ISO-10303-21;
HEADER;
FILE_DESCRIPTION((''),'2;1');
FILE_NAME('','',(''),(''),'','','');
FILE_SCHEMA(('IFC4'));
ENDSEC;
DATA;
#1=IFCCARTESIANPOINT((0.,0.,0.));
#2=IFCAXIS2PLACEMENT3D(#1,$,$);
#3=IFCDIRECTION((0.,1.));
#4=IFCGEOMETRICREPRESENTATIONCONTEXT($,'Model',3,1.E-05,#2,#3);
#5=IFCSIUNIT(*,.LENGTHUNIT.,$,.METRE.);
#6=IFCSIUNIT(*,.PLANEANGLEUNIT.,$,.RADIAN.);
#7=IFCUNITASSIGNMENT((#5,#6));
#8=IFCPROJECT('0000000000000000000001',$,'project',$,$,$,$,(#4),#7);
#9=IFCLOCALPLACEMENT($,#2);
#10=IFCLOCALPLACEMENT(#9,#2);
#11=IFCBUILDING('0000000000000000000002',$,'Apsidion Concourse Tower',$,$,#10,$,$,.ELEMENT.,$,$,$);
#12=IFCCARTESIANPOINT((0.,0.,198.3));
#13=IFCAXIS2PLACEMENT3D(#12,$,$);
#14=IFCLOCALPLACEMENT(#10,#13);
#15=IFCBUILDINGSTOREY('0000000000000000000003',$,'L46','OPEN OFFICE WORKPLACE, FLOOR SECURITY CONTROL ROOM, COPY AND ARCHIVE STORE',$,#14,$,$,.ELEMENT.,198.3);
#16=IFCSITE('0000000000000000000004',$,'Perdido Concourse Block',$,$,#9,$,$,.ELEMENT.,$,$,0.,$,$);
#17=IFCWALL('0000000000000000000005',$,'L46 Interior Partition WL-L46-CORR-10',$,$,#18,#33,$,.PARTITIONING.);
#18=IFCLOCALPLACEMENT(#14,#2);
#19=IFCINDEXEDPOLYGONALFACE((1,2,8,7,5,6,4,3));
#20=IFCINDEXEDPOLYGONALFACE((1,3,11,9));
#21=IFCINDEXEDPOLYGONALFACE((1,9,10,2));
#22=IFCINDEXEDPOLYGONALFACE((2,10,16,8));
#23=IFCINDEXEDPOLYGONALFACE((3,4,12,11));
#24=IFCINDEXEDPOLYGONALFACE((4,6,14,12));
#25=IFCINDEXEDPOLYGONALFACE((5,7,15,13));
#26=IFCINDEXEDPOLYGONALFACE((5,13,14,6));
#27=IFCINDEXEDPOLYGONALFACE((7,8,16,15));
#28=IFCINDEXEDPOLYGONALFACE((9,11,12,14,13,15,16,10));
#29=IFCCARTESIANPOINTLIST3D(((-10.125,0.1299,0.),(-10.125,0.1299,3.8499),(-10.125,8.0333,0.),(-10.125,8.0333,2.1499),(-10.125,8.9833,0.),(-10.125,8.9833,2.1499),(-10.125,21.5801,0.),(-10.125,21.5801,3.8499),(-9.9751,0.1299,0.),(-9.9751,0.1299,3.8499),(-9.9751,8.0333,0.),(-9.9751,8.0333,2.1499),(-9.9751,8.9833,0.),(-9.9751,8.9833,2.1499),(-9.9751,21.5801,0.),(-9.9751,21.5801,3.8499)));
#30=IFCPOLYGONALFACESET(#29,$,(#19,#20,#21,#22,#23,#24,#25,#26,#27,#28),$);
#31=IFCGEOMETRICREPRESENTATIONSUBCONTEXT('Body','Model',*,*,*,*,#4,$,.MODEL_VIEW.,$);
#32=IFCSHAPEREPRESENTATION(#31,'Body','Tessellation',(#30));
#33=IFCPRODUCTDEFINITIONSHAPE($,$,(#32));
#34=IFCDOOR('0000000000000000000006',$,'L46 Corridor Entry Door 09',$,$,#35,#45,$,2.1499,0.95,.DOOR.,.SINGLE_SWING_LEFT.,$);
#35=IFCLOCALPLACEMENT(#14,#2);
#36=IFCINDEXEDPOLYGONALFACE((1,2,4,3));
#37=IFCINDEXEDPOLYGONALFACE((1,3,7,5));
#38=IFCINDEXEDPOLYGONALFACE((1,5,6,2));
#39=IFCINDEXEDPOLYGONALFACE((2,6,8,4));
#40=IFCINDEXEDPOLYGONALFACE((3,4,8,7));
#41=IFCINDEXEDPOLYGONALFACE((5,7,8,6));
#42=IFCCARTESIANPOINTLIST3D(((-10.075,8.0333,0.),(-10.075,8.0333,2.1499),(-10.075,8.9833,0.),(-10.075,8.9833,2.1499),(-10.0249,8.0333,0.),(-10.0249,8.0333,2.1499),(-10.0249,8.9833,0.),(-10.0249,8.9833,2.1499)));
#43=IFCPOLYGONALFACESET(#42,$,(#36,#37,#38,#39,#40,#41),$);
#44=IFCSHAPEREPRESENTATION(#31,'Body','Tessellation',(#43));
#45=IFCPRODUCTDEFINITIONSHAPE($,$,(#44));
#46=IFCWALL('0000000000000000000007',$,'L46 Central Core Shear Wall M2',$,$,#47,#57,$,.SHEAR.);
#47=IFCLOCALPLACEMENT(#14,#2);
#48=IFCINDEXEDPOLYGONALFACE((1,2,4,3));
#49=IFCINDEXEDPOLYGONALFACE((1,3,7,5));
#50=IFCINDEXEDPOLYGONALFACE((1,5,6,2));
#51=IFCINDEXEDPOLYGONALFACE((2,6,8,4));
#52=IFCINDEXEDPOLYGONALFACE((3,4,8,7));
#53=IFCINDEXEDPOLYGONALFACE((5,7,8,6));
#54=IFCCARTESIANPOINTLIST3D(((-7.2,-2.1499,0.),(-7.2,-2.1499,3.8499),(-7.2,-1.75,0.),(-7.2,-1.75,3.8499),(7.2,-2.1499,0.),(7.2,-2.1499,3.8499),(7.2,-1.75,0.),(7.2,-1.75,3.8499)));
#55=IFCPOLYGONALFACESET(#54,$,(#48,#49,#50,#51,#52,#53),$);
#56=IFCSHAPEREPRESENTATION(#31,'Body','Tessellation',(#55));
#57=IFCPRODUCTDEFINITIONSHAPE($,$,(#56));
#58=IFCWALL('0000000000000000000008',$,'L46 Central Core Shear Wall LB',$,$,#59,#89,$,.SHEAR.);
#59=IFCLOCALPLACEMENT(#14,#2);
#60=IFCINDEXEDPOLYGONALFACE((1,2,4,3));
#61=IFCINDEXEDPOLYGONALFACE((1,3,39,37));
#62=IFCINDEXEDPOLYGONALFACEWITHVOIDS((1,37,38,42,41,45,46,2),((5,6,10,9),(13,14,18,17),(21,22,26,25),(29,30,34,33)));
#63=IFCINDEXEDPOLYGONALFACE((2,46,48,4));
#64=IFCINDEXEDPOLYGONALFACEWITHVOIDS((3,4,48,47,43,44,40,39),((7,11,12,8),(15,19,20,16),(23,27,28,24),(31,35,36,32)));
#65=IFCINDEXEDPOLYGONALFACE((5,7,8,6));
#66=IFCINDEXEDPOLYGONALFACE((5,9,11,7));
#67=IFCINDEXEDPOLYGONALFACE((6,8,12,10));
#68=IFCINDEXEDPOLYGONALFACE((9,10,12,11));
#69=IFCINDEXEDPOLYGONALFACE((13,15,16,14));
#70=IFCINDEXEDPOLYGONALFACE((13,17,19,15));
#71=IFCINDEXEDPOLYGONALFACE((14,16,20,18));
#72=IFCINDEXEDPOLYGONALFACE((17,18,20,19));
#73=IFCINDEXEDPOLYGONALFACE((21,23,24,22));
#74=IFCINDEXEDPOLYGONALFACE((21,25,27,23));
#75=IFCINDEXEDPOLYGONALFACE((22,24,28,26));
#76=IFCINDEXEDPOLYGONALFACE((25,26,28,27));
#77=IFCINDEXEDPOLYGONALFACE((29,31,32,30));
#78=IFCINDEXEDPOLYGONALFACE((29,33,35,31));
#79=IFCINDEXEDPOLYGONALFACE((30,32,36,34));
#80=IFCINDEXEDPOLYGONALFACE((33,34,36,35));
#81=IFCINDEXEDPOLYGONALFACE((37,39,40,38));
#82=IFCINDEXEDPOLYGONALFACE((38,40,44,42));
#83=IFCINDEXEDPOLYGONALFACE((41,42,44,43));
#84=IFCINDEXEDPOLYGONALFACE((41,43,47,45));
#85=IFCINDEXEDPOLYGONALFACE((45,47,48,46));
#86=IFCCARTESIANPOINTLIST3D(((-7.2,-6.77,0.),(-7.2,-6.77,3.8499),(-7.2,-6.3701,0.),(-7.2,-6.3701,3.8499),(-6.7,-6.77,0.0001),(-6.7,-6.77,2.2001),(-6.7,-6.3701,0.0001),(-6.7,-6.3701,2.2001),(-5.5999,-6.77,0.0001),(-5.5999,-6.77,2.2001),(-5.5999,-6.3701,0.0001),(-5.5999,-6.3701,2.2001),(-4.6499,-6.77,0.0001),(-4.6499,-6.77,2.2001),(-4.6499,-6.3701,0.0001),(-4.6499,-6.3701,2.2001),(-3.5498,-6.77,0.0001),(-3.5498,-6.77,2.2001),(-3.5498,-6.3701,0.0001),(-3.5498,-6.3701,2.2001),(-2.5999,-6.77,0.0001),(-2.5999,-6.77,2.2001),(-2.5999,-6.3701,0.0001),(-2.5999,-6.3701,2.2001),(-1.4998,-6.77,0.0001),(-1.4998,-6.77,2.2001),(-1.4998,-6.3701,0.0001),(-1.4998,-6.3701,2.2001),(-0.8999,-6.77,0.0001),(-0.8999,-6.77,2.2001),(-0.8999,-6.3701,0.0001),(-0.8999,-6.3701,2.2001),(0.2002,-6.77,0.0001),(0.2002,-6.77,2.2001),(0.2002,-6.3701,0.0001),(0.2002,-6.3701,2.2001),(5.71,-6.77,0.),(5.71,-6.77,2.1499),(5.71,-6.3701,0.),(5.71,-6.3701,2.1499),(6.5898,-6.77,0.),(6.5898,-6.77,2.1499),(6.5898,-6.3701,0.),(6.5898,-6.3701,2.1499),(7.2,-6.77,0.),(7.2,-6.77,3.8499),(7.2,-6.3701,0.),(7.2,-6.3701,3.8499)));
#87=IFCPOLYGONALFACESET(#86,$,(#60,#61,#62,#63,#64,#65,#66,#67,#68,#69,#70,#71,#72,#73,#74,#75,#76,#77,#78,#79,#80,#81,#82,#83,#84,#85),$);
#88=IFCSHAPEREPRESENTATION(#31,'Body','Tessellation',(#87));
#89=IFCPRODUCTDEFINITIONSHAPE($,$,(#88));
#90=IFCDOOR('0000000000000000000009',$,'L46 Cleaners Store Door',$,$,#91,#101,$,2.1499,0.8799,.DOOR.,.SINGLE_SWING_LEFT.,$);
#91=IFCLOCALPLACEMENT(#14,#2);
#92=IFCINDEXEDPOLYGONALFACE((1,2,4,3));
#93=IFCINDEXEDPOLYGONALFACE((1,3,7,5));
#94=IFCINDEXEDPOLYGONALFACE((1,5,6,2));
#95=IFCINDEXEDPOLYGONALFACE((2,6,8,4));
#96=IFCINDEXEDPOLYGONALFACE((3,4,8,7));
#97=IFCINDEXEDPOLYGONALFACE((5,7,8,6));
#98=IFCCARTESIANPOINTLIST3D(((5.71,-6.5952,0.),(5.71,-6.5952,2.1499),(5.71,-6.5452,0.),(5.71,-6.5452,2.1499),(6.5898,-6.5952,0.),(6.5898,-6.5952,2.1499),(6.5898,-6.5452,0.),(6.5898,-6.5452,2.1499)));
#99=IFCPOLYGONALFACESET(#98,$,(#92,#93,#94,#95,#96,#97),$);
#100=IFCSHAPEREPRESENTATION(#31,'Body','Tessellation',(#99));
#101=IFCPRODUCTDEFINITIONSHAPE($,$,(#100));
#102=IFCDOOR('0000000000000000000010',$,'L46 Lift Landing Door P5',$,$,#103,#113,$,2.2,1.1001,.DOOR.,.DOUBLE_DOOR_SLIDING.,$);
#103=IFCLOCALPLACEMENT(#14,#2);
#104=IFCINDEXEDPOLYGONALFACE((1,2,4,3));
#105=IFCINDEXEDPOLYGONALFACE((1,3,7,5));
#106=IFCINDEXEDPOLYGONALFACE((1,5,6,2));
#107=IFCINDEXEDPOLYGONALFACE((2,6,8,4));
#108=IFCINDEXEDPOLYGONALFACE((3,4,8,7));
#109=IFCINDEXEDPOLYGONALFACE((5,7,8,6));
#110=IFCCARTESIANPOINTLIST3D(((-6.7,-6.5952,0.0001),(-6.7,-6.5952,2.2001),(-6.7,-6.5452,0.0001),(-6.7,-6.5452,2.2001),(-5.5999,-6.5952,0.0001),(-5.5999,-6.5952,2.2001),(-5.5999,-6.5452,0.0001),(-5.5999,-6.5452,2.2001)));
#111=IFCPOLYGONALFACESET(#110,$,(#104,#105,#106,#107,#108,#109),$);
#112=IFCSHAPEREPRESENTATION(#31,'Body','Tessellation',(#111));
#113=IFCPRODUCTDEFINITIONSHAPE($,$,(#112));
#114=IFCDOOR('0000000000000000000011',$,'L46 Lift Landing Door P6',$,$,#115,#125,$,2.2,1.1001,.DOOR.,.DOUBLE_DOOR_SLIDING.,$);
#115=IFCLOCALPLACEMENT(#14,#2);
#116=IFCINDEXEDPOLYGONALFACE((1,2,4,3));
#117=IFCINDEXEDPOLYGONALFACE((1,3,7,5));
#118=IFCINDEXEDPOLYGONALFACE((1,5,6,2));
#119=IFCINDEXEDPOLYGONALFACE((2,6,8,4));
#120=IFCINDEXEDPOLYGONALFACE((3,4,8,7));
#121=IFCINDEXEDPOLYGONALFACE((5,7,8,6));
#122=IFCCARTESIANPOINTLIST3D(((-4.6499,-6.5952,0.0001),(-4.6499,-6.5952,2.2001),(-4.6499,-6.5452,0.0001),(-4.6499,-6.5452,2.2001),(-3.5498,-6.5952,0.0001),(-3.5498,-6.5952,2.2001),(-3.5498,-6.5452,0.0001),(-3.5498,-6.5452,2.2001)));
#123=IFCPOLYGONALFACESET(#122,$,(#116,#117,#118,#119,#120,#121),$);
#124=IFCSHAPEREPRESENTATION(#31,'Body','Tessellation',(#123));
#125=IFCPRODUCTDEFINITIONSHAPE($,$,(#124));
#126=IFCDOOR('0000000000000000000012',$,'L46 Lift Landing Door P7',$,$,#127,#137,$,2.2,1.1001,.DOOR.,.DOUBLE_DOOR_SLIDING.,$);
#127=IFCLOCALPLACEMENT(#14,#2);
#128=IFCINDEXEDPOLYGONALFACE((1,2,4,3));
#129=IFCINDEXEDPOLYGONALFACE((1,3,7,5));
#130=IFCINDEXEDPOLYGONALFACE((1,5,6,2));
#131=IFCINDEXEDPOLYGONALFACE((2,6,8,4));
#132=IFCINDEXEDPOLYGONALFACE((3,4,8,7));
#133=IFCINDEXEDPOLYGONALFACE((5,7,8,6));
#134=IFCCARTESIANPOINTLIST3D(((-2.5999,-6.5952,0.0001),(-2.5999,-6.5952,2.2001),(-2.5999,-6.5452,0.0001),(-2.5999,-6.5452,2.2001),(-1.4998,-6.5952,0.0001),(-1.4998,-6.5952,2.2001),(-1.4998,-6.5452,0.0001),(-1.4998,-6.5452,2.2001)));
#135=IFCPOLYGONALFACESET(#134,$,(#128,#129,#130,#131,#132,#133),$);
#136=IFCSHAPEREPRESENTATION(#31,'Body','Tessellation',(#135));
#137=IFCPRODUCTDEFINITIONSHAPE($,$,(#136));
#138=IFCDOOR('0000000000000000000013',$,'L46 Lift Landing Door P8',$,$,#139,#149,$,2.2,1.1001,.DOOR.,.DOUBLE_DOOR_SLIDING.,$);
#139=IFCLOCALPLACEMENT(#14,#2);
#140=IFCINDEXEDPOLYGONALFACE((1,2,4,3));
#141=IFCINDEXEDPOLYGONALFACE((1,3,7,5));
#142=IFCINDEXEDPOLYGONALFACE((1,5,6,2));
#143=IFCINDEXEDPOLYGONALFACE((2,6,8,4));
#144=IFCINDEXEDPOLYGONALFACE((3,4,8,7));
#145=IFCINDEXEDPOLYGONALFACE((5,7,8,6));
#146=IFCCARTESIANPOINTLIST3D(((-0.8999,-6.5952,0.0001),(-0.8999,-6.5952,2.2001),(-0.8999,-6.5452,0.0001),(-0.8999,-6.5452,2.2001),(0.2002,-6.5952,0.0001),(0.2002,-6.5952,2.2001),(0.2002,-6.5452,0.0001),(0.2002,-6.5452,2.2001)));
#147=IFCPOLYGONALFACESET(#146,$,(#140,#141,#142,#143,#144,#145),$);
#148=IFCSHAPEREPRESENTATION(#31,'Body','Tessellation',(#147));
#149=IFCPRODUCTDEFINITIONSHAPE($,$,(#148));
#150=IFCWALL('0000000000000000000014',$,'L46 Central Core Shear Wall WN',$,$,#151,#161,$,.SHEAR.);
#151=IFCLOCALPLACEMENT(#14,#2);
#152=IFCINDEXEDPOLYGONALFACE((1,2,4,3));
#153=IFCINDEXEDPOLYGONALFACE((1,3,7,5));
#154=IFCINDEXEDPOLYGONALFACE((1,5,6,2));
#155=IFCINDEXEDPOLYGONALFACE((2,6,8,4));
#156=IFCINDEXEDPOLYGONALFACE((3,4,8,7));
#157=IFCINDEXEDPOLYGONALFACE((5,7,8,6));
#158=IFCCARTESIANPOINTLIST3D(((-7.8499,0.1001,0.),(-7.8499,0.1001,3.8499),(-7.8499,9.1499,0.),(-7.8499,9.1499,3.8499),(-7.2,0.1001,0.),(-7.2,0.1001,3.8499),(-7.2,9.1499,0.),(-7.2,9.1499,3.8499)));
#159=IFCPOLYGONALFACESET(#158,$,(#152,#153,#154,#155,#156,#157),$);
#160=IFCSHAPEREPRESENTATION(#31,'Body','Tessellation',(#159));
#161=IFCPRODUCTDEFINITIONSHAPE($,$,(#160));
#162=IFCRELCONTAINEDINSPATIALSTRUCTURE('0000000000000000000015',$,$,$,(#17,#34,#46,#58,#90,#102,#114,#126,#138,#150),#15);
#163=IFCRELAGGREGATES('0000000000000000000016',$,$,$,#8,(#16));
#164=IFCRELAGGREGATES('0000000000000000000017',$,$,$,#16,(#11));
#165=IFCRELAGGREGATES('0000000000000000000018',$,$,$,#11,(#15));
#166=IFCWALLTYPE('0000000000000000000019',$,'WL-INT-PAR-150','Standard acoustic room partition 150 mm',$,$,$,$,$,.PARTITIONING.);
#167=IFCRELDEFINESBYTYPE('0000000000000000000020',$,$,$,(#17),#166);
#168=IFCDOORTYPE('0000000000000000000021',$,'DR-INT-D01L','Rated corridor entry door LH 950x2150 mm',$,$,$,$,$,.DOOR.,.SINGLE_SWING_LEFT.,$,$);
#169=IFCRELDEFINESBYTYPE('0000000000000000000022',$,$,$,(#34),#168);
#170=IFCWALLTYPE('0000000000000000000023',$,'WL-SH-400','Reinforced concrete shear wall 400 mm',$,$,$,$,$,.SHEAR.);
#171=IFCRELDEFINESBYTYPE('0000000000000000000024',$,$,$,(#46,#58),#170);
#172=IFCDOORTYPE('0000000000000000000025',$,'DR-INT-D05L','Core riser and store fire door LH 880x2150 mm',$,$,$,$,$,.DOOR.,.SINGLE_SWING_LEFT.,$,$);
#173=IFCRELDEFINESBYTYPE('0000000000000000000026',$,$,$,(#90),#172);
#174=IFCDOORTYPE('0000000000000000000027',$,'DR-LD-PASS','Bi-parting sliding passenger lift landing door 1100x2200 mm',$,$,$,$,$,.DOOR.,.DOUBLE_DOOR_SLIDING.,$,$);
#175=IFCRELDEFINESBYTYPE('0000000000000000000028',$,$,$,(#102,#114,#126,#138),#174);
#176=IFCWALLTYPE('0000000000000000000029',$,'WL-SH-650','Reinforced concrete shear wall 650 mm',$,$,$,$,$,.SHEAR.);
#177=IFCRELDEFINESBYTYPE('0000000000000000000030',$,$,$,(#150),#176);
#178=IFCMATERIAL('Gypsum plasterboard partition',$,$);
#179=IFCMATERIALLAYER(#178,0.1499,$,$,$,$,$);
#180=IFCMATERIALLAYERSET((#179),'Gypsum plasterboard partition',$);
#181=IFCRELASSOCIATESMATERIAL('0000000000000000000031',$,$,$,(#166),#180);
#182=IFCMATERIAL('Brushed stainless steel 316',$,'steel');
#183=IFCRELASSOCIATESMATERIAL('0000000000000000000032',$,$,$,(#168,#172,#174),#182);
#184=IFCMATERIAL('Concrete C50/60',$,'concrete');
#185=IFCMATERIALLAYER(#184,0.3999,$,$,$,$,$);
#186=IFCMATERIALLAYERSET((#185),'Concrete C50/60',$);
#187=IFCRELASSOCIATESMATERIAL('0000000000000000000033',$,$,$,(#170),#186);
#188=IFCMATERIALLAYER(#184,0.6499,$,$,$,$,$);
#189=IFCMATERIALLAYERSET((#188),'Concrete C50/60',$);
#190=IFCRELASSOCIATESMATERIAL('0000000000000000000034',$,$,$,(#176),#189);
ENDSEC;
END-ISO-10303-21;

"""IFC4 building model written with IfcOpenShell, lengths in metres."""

from ifc_helpers import new_model, si_unit, direction, frame, frame_2d, origin, place, context, subcontext, project, spatial, rectangle, extrude, material, layer, layer_set, type_object, element, fill, save


model = new_model("IFC4")

# Units and contexts
model_context = context("Model", 3, precision=1e-05, world=origin(), true_north=direction((0.0, 1.0)))
body_context = subcontext(model_context, "Body", "Model", "MODEL_VIEW")
ifc_project = project(units=[si_unit("LENGTHUNIT", "METRE"), si_unit("PLANEANGLEUNIT", "RADIAN")], contexts=[model_context])

# Site, building, storey
site_placement = place(None, origin())
site = spatial("IfcSite", under=ifc_project, at=site_placement, Name="Perdido Concourse Block", CompositionType="ELEMENT", RefElevation=0.0)
building_placement = place(site_placement, origin())
building = spatial("IfcBuilding", under=site, at=building_placement, Name="Apsidion Concourse Tower", CompositionType="ELEMENT")
storey_placement = place(building_placement, frame((0.0, 0.0, 198.3)))
storey = spatial("IfcBuildingStorey", under=building, at=storey_placement, Name="L46", Description="OPEN OFFICE WORKPLACE, FLOOR SECURITY CONTROL ROOM, COPY AND ARCHIVE STORE", CompositionType="ELEMENT", Elevation=198.3)

# Shared definitions
ifc_material_1 = material(Name="Concrete C50/60", Category="concrete")

# Shared definitions
ifc_material_2 = material(Name="Gypsum plasterboard partition")
ifc_layer_1 = layer(ifc_material_2, 0.1499)
ifc_layer_set_1 = layer_set([ifc_layer_1], Name="Gypsum plasterboard partition")
wall_type_1 = type_object("IfcWallType", Name="WL-INT-PAR-150", Description="Standard acoustic room partition 150 mm", PredefinedType="PARTITIONING", material=ifc_layer_set_1)

# Wall, opening, door
wall_1_placement = place(storey_placement, frame((-10.05, 0.1299, 0.0), z_axis=(0.0, 0.0, 1.0), x_axis=(0.0, 1.0, 0.0)))
wall_1 = element("IfcWall", 1, at=wall_1_placement, inside=storey, type_object=wall_type_1, Name="L46 Interior Partition WL-L46-CORR-10", PredefinedType="PARTITIONING", context=body_context, shape_type="SweptSolid", body=[
    extrude(rectangle(XDim=21.4502, YDim=0.1499, at=frame_2d((10.7251, 0.0))), origin(), (0.0, 0.0, 1.0), 3.8499),
])
opening_1_placement = place(wall_1_placement, frame((7.9033, 0.0, 0.0)))
opening_1 = element("IfcOpeningElement", 2, at=opening_1_placement, cuts=wall_1, PredefinedType="OPENING", context=body_context, shape_type="SweptSolid", body=[
    extrude(rectangle(XDim=0.95, YDim=2.1499, at=frame_2d((0.4751, 1.075))), frame((0.0, 0.085, 0.0), z_axis=(0.0, -1.0, 0.0), x_axis=(1.0, 0.0, 0.0)), (0.0, 0.0, 1.0), 0.1699),
])
ifc_material_3 = material(Name="Brushed stainless steel 316", Category="steel")
door_type_1 = type_object("IfcDoorType", Name="DR-INT-D01L", Description="Rated corridor entry door LH 950x2150 mm", OperationType="SINGLE_SWING_LEFT", PredefinedType="DOOR", material=ifc_material_3)
door_1_placement = place(opening_1_placement, origin())
door_1 = element("IfcDoor", 3, at=door_1_placement, inside=storey, type_object=door_type_1, Name="L46 Corridor Entry Door 09", OperationType="SINGLE_SWING_LEFT", OverallHeight=2.1499, OverallWidth=0.95, PredefinedType="DOOR", context=body_context, shape_type="SweptSolid", body=[
    extrude(rectangle(XDim=0.95, YDim=2.1499, at=frame_2d((0.4751, 1.075))), frame((0.0, 0.0249, 0.0), z_axis=(0.0, -1.0, 0.0), x_axis=(1.0, 0.0, 0.0)), (0.0, 0.0, 1.0), 0.05),
])
fill(opening_1, door_1)

# Wall
ifc_layer_2 = layer(ifc_material_1, 0.3999)
ifc_layer_set_2 = layer_set([ifc_layer_2], Name="Concrete C50/60")
wall_type_2 = type_object("IfcWallType", Name="WL-SH-400", Description="Reinforced concrete shear wall 400 mm", PredefinedType="SHEAR", material=ifc_layer_set_2)
wall_2_placement = place(storey_placement, frame((-7.2, -1.95, 0.0), z_axis=(0.0, 0.0, 1.0), x_axis=(1.0, 0.0, 0.0)))
element("IfcWall", 4, at=wall_2_placement, inside=storey, type_object=wall_type_2, Name="L46 Central Core Shear Wall M2", PredefinedType="SHEAR", context=body_context, shape_type="SweptSolid", body=[
    extrude(rectangle(XDim=14.3999, YDim=0.3999, at=frame_2d((7.2, 0.0))), origin(), (0.0, 0.0, 1.0), 3.8499),
])

# Wall, openings, doors
wall_3_placement = place(storey_placement, frame((-7.2, -6.5701, 0.0), z_axis=(0.0, 0.0, 1.0), x_axis=(1.0, 0.0, 0.0)))
wall_3 = element("IfcWall", 5, at=wall_3_placement, inside=storey, type_object=wall_type_2, Name="L46 Central Core Shear Wall LB", PredefinedType="SHEAR", context=body_context, shape_type="SweptSolid", body=[
    extrude(rectangle(XDim=14.3999, YDim=0.3999, at=frame_2d((7.2, 0.0))), origin(), (0.0, 0.0, 1.0), 3.8499),
])
opening_2_placement = place(wall_3_placement, frame((0.5, 0.0, 0.0)))
opening_2 = element("IfcOpeningElement", 6, at=opening_2_placement, cuts=wall_3, PredefinedType="OPENING", context=body_context, shape_type="SweptSolid", body=[
    extrude(rectangle(XDim=1.1001, YDim=2.2, at=frame_2d((0.55, 1.1001))), frame((0.0, 0.21, 0.0), z_axis=(0.0, -1.0, 0.0), x_axis=(1.0, 0.0, 0.0)), (0.0, 0.0, 1.0), 0.4199),
])
opening_3_placement = place(wall_3_placement, frame((2.55, 0.0, 0.0)))
opening_3 = element("IfcOpeningElement", 7, at=opening_3_placement, cuts=wall_3, PredefinedType="OPENING", context=body_context, shape_type="SweptSolid", body=[
    extrude(rectangle(XDim=1.1001, YDim=2.2, at=frame_2d((0.55, 1.1001))), frame((0.0, 0.21, 0.0), z_axis=(0.0, -1.0, 0.0), x_axis=(1.0, 0.0, 0.0)), (0.0, 0.0, 1.0), 0.4199),
])
opening_4_placement = place(wall_3_placement, frame((4.6001, 0.0, 0.0)))
opening_4 = element("IfcOpeningElement", 8, at=opening_4_placement, cuts=wall_3, PredefinedType="OPENING", context=body_context, shape_type="SweptSolid", body=[
    extrude(rectangle(XDim=1.1001, YDim=2.2, at=frame_2d((0.55, 1.1001))), frame((0.0, 0.21, 0.0), z_axis=(0.0, -1.0, 0.0), x_axis=(1.0, 0.0, 0.0)), (0.0, 0.0, 1.0), 0.4199),
])
opening_5_placement = place(wall_3_placement, frame((6.3, 0.0, 0.0)))
opening_5 = element("IfcOpeningElement", 9, at=opening_5_placement, cuts=wall_3, PredefinedType="OPENING", context=body_context, shape_type="SweptSolid", body=[
    extrude(rectangle(XDim=1.1001, YDim=2.2, at=frame_2d((0.55, 1.1001))), frame((0.0, 0.21, 0.0), z_axis=(0.0, -1.0, 0.0), x_axis=(1.0, 0.0, 0.0)), (0.0, 0.0, 1.0), 0.4199),
])
opening_6_placement = place(wall_3_placement, frame((12.9099, 0.0, 0.0)))
opening_6 = element("IfcOpeningElement", 10, at=opening_6_placement, cuts=wall_3, PredefinedType="OPENING", context=body_context, shape_type="SweptSolid", body=[
    extrude(rectangle(XDim=0.8799, YDim=2.1499, at=frame_2d((0.4399, 1.075))), frame((0.0, 0.21, 0.0), z_axis=(0.0, -1.0, 0.0), x_axis=(1.0, 0.0, 0.0)), (0.0, 0.0, 1.0), 0.4199),
])
door_type_2 = type_object("IfcDoorType", Name="DR-INT-D05L", Description="Core riser and store fire door LH 880x2150 mm", OperationType="SINGLE_SWING_LEFT", PredefinedType="DOOR", material=ifc_material_3)
door_2_placement = place(opening_6_placement, origin())
door_2 = element("IfcDoor", 11, at=door_2_placement, inside=storey, type_object=door_type_2, Name="L46 Cleaners Store Door", OperationType="SINGLE_SWING_LEFT", OverallHeight=2.1499, OverallWidth=0.8799, PredefinedType="DOOR", context=body_context, shape_type="SweptSolid", body=[
    extrude(rectangle(XDim=0.8799, YDim=2.1499, at=frame_2d((0.4399, 1.075))), frame((0.0, 0.0249, 0.0), z_axis=(0.0, -1.0, 0.0), x_axis=(1.0, 0.0, 0.0)), (0.0, 0.0, 1.0), 0.05),
])
fill(opening_6, door_2)
door_type_3 = type_object("IfcDoorType", Name="DR-LD-PASS", Description="Bi-parting sliding passenger lift landing door 1100x2200 mm", OperationType="DOUBLE_DOOR_SLIDING", PredefinedType="DOOR", material=ifc_material_3)
door_3_placement = place(opening_2_placement, origin())
door_3 = element("IfcDoor", 12, at=door_3_placement, inside=storey, type_object=door_type_3, Name="L46 Lift Landing Door P5", OperationType="DOUBLE_DOOR_SLIDING", OverallHeight=2.2, OverallWidth=1.1001, PredefinedType="DOOR", context=body_context, shape_type="SweptSolid", body=[
    extrude(rectangle(XDim=1.1001, YDim=2.2, at=frame_2d((0.55, 1.1001))), frame((0.0, 0.0249, 0.0), z_axis=(0.0, -1.0, 0.0), x_axis=(1.0, 0.0, 0.0)), (0.0, 0.0, 1.0), 0.05),
])
fill(opening_2, door_3)
door_4_placement = place(opening_3_placement, origin())
door_4 = element("IfcDoor", 13, at=door_4_placement, inside=storey, type_object=door_type_3, Name="L46 Lift Landing Door P6", OperationType="DOUBLE_DOOR_SLIDING", OverallHeight=2.2, OverallWidth=1.1001, PredefinedType="DOOR", context=body_context, shape_type="SweptSolid", body=[
    extrude(rectangle(XDim=1.1001, YDim=2.2, at=frame_2d((0.55, 1.1001))), frame((0.0, 0.0249, 0.0), z_axis=(0.0, -1.0, 0.0), x_axis=(1.0, 0.0, 0.0)), (0.0, 0.0, 1.0), 0.05),
])
fill(opening_3, door_4)
door_5_placement = place(opening_4_placement, origin())
door_5 = element("IfcDoor", 14, at=door_5_placement, inside=storey, type_object=door_type_3, Name="L46 Lift Landing Door P7", OperationType="DOUBLE_DOOR_SLIDING", OverallHeight=2.2, OverallWidth=1.1001, PredefinedType="DOOR", context=body_context, shape_type="SweptSolid", body=[
    extrude(rectangle(XDim=1.1001, YDim=2.2, at=frame_2d((0.55, 1.1001))), frame((0.0, 0.0249, 0.0), z_axis=(0.0, -1.0, 0.0), x_axis=(1.0, 0.0, 0.0)), (0.0, 0.0, 1.0), 0.05),
])
fill(opening_4, door_5)
door_6_placement = place(opening_5_placement, origin())
door_6 = element("IfcDoor", 15, at=door_6_placement, inside=storey, type_object=door_type_3, Name="L46 Lift Landing Door P8", OperationType="DOUBLE_DOOR_SLIDING", OverallHeight=2.2, OverallWidth=1.1001, PredefinedType="DOOR", context=body_context, shape_type="SweptSolid", body=[
    extrude(rectangle(XDim=1.1001, YDim=2.2, at=frame_2d((0.55, 1.1001))), frame((0.0, 0.0249, 0.0), z_axis=(0.0, -1.0, 0.0), x_axis=(1.0, 0.0, 0.0)), (0.0, 0.0, 1.0), 0.05),
])
fill(opening_5, door_6)

# Wall
ifc_layer_3 = layer(ifc_material_1, 0.6499)
ifc_layer_set_3 = layer_set([ifc_layer_3], Name="Concrete C50/60")
wall_type_3 = type_object("IfcWallType", Name="WL-SH-650", Description="Reinforced concrete shear wall 650 mm", PredefinedType="SHEAR", material=ifc_layer_set_3)
wall_4_placement = place(storey_placement, frame((-7.5249, 0.1001, 0.0), z_axis=(0.0, 0.0, 1.0), x_axis=(0.0, 1.0, 0.0)))
element("IfcWall", 16, at=wall_4_placement, inside=storey, type_object=wall_type_3, Name="L46 Central Core Shear Wall WN", PredefinedType="SHEAR", context=body_context, shape_type="SweptSolid", body=[
    extrude(rectangle(XDim=9.0498, YDim=0.6499, at=frame_2d((4.5249, 0.0))), origin(), (0.0, 0.0, 1.0), 3.8499),
])

save(model, "model.ifc")
